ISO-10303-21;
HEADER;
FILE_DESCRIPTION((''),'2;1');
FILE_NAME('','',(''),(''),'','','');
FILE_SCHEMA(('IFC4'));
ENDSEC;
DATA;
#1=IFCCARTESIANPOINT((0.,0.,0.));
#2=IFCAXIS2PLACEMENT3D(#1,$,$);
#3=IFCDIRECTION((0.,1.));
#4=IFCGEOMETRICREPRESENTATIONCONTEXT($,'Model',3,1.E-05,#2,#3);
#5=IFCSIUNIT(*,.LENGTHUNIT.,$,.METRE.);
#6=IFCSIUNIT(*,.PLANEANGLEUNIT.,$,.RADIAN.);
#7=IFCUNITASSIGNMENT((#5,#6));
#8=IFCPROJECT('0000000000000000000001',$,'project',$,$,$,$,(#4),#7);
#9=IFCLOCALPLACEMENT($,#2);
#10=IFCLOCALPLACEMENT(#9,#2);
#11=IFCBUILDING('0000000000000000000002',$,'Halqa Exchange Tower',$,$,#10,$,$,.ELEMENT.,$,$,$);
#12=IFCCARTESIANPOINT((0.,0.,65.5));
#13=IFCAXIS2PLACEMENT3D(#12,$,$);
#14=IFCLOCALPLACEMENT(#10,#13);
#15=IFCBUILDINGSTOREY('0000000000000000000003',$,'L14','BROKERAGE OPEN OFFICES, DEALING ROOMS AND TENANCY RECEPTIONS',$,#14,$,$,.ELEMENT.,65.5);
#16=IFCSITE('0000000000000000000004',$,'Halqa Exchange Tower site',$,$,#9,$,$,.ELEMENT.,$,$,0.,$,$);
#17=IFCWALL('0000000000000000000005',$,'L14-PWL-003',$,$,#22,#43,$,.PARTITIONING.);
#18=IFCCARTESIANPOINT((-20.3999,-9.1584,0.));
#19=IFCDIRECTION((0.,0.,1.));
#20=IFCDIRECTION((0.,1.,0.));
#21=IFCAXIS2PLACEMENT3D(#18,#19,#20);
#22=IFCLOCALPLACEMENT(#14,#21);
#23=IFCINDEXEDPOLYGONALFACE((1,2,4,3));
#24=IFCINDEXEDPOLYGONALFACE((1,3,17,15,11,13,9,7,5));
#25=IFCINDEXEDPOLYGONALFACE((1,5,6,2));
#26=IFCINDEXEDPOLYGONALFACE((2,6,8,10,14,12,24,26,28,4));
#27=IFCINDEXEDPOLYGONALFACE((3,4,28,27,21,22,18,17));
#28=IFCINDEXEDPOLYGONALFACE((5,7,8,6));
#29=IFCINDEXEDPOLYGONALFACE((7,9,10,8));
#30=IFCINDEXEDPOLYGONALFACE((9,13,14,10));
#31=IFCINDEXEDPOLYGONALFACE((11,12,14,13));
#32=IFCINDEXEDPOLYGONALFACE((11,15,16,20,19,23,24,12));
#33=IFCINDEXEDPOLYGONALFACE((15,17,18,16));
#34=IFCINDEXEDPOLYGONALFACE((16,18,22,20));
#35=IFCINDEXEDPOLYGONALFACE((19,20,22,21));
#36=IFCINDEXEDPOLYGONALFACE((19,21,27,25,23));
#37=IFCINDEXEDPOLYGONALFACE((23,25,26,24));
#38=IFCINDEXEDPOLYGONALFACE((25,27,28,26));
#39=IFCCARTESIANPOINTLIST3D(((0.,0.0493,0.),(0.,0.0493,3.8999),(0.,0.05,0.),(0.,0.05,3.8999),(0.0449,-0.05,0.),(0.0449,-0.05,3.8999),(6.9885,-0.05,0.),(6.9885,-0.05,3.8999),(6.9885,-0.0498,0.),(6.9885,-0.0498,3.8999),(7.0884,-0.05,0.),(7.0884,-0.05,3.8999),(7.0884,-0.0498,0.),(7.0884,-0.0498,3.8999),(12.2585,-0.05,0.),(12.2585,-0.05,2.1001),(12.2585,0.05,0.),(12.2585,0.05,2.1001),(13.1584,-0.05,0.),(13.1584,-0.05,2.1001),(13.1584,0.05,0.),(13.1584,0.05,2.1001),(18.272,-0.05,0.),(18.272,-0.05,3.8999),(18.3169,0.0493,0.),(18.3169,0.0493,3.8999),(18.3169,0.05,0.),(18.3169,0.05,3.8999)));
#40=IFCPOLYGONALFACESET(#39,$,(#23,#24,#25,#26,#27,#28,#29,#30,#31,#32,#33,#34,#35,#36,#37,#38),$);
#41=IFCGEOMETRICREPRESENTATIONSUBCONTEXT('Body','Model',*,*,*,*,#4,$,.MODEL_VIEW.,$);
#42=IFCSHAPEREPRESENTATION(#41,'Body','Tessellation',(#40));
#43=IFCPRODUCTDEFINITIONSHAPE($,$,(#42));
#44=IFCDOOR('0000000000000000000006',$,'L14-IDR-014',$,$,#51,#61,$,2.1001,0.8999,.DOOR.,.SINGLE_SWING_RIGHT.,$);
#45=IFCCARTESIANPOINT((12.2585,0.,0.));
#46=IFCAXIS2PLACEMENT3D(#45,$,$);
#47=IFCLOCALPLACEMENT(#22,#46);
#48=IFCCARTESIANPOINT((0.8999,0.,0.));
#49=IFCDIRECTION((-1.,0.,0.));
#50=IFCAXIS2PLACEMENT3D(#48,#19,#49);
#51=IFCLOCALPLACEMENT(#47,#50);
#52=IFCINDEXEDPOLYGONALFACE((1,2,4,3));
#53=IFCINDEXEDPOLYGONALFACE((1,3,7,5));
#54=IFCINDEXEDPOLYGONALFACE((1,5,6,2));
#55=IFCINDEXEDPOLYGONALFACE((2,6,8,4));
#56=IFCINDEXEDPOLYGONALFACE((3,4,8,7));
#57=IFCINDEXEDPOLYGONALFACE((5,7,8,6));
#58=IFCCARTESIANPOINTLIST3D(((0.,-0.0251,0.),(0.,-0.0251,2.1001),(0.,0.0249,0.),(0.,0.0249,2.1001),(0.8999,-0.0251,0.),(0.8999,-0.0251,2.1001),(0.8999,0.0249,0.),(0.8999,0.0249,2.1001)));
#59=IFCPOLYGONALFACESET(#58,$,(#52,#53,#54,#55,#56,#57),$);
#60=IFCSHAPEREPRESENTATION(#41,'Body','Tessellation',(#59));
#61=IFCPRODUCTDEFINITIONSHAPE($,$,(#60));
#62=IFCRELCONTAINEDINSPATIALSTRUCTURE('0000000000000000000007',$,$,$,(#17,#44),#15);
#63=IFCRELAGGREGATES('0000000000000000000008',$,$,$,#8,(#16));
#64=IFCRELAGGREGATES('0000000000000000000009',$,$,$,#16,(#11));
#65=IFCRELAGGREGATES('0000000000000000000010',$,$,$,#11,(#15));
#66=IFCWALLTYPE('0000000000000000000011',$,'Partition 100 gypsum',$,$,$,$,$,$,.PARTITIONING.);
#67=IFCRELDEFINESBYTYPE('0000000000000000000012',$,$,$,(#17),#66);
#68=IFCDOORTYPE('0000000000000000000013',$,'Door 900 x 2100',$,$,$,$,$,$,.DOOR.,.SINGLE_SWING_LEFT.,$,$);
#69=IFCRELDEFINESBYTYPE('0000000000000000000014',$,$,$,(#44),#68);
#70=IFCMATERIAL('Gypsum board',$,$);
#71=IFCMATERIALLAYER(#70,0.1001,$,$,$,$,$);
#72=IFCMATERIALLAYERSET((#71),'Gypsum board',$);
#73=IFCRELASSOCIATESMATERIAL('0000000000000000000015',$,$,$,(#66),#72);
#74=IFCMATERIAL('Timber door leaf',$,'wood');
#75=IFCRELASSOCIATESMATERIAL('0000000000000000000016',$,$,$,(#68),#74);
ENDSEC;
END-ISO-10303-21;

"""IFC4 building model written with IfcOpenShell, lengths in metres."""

from ifc_helpers import new_model, si_unit, direction, frame, frame_2d, origin, place, context, subcontext, project, spatial, polyline, rectangle, outline, extrude, material, layer, layer_set, type_object, element, fill, save


model = new_model("IFC4")

# Units and contexts
model_context = context("Model", 3, precision=1e-05, world=origin(), true_north=direction((0.0, 1.0)))
body_context = subcontext(model_context, "Body", "Model", "MODEL_VIEW")
ifc_project = project(units=[si_unit("LENGTHUNIT", "METRE"), si_unit("PLANEANGLEUNIT", "RADIAN")], contexts=[model_context])

# Site, building, storey
site_placement = place(None, origin())
site = spatial("IfcSite", under=ifc_project, at=site_placement, Name="Halqa Exchange Tower site", CompositionType="ELEMENT", RefElevation=0.0)
building_placement = place(site_placement, origin())
building = spatial("IfcBuilding", under=site, at=building_placement, Name="Halqa Exchange Tower", CompositionType="ELEMENT")
storey_placement = place(building_placement, frame((0.0, 0.0, 65.5)))
storey = spatial("IfcBuildingStorey", under=building, at=storey_placement, Name="L14", Description="BROKERAGE OPEN OFFICES, DEALING ROOMS AND TENANCY RECEPTIONS", CompositionType="ELEMENT", Elevation=65.5)

# Wall, opening, door
ifc_material_1 = material(Name="Gypsum board")
ifc_layer_1 = layer(ifc_material_1, 0.1001)
ifc_layer_set_1 = layer_set([ifc_layer_1], Name="Gypsum board")
wall_type_1 = type_object("IfcWallType", Name="Partition 100 gypsum", PredefinedType="PARTITIONING", material=ifc_layer_set_1)
wall_1_placement = place(storey_placement, frame((-20.3999, -9.1584, 0.0), z_axis=(0.0, 0.0, 1.0), x_axis=(0.0, 1.0, 0.0)))
wall_1 = element("IfcWall", 1, at=wall_1_placement, inside=storey, type_object=wall_type_1, Name="L14-PWL-003", PredefinedType="PARTITIONING", context=body_context, shape_type="SweptSolid", body=[
    extrude(outline(polyline([(0.0449, -0.05), (1.7808, -0.05), (3.5166, -0.05), (5.2527, -0.05), (6.9885, -0.05), (6.9885, -0.0498), (7.0884, -0.0498), (7.0884, -0.05), (8.9524, -0.05), (10.8164, -0.05), (12.6802, -0.05), (14.5442, -0.05), (16.408, -0.05), (18.272, -0.05), (18.3169, 0.0493), (18.3169, 0.05), (16.4851, 0.05), (14.6536, 0.05), (12.8218, 0.05), (10.9902, 0.05), (9.1584, 0.05), (7.3267, 0.05), (5.4951, 0.05), (3.6633, 0.05), (1.8318, 0.05), (0.0, 0.05), (0.0, 0.0493), (0.0449, -0.05)])), origin(), (0.0, 0.0, 1.0), 3.8999),
])
opening_1_placement = place(wall_1_placement, frame((12.2585, 0.0, 0.0)))
opening_1 = element("IfcOpeningElement", 2, at=opening_1_placement, cuts=wall_1, PredefinedType="OPENING", context=body_context, shape_type="SweptSolid", body=[
    extrude(rectangle(XDim=0.8999, YDim=2.1001, at=frame_2d((0.45, 1.05))), frame((0.0, 0.062, 0.0), z_axis=(0.0, -1.0, 0.0), x_axis=(1.0, 0.0, 0.0)), (0.0, 0.0, 1.0), 0.124),
])
ifc_material_2 = material(Name="Timber door leaf", Category="wood")
door_type_1 = type_object("IfcDoorType", Name="Door 900 x 2100", OperationType="SINGLE_SWING_LEFT", PredefinedType="DOOR", material=ifc_material_2)
door_1_placement = place(opening_1_placement, frame((0.8999, 0.0, 0.0), z_axis=(0.0, 0.0, 1.0), x_axis=(-1.0, 0.0, 0.0)))
door_1 = element("IfcDoor", 3, at=door_1_placement, inside=storey, type_object=door_type_1, Name="L14-IDR-014", OperationType="SINGLE_SWING_RIGHT", OverallHeight=2.1001, OverallWidth=0.8999, PredefinedType="DOOR", context=body_context, shape_type="SweptSolid", body=[
    extrude(rectangle(XDim=0.8999, YDim=2.1001, at=frame_2d((0.45, 1.05))), frame((0.0, 0.0249, 0.0), z_axis=(0.0, -1.0, 0.0), x_axis=(1.0, 0.0, 0.0)), (0.0, 0.0, 1.0), 0.05),
])
fill(opening_1, door_1)

save(model, "model.ifc")
